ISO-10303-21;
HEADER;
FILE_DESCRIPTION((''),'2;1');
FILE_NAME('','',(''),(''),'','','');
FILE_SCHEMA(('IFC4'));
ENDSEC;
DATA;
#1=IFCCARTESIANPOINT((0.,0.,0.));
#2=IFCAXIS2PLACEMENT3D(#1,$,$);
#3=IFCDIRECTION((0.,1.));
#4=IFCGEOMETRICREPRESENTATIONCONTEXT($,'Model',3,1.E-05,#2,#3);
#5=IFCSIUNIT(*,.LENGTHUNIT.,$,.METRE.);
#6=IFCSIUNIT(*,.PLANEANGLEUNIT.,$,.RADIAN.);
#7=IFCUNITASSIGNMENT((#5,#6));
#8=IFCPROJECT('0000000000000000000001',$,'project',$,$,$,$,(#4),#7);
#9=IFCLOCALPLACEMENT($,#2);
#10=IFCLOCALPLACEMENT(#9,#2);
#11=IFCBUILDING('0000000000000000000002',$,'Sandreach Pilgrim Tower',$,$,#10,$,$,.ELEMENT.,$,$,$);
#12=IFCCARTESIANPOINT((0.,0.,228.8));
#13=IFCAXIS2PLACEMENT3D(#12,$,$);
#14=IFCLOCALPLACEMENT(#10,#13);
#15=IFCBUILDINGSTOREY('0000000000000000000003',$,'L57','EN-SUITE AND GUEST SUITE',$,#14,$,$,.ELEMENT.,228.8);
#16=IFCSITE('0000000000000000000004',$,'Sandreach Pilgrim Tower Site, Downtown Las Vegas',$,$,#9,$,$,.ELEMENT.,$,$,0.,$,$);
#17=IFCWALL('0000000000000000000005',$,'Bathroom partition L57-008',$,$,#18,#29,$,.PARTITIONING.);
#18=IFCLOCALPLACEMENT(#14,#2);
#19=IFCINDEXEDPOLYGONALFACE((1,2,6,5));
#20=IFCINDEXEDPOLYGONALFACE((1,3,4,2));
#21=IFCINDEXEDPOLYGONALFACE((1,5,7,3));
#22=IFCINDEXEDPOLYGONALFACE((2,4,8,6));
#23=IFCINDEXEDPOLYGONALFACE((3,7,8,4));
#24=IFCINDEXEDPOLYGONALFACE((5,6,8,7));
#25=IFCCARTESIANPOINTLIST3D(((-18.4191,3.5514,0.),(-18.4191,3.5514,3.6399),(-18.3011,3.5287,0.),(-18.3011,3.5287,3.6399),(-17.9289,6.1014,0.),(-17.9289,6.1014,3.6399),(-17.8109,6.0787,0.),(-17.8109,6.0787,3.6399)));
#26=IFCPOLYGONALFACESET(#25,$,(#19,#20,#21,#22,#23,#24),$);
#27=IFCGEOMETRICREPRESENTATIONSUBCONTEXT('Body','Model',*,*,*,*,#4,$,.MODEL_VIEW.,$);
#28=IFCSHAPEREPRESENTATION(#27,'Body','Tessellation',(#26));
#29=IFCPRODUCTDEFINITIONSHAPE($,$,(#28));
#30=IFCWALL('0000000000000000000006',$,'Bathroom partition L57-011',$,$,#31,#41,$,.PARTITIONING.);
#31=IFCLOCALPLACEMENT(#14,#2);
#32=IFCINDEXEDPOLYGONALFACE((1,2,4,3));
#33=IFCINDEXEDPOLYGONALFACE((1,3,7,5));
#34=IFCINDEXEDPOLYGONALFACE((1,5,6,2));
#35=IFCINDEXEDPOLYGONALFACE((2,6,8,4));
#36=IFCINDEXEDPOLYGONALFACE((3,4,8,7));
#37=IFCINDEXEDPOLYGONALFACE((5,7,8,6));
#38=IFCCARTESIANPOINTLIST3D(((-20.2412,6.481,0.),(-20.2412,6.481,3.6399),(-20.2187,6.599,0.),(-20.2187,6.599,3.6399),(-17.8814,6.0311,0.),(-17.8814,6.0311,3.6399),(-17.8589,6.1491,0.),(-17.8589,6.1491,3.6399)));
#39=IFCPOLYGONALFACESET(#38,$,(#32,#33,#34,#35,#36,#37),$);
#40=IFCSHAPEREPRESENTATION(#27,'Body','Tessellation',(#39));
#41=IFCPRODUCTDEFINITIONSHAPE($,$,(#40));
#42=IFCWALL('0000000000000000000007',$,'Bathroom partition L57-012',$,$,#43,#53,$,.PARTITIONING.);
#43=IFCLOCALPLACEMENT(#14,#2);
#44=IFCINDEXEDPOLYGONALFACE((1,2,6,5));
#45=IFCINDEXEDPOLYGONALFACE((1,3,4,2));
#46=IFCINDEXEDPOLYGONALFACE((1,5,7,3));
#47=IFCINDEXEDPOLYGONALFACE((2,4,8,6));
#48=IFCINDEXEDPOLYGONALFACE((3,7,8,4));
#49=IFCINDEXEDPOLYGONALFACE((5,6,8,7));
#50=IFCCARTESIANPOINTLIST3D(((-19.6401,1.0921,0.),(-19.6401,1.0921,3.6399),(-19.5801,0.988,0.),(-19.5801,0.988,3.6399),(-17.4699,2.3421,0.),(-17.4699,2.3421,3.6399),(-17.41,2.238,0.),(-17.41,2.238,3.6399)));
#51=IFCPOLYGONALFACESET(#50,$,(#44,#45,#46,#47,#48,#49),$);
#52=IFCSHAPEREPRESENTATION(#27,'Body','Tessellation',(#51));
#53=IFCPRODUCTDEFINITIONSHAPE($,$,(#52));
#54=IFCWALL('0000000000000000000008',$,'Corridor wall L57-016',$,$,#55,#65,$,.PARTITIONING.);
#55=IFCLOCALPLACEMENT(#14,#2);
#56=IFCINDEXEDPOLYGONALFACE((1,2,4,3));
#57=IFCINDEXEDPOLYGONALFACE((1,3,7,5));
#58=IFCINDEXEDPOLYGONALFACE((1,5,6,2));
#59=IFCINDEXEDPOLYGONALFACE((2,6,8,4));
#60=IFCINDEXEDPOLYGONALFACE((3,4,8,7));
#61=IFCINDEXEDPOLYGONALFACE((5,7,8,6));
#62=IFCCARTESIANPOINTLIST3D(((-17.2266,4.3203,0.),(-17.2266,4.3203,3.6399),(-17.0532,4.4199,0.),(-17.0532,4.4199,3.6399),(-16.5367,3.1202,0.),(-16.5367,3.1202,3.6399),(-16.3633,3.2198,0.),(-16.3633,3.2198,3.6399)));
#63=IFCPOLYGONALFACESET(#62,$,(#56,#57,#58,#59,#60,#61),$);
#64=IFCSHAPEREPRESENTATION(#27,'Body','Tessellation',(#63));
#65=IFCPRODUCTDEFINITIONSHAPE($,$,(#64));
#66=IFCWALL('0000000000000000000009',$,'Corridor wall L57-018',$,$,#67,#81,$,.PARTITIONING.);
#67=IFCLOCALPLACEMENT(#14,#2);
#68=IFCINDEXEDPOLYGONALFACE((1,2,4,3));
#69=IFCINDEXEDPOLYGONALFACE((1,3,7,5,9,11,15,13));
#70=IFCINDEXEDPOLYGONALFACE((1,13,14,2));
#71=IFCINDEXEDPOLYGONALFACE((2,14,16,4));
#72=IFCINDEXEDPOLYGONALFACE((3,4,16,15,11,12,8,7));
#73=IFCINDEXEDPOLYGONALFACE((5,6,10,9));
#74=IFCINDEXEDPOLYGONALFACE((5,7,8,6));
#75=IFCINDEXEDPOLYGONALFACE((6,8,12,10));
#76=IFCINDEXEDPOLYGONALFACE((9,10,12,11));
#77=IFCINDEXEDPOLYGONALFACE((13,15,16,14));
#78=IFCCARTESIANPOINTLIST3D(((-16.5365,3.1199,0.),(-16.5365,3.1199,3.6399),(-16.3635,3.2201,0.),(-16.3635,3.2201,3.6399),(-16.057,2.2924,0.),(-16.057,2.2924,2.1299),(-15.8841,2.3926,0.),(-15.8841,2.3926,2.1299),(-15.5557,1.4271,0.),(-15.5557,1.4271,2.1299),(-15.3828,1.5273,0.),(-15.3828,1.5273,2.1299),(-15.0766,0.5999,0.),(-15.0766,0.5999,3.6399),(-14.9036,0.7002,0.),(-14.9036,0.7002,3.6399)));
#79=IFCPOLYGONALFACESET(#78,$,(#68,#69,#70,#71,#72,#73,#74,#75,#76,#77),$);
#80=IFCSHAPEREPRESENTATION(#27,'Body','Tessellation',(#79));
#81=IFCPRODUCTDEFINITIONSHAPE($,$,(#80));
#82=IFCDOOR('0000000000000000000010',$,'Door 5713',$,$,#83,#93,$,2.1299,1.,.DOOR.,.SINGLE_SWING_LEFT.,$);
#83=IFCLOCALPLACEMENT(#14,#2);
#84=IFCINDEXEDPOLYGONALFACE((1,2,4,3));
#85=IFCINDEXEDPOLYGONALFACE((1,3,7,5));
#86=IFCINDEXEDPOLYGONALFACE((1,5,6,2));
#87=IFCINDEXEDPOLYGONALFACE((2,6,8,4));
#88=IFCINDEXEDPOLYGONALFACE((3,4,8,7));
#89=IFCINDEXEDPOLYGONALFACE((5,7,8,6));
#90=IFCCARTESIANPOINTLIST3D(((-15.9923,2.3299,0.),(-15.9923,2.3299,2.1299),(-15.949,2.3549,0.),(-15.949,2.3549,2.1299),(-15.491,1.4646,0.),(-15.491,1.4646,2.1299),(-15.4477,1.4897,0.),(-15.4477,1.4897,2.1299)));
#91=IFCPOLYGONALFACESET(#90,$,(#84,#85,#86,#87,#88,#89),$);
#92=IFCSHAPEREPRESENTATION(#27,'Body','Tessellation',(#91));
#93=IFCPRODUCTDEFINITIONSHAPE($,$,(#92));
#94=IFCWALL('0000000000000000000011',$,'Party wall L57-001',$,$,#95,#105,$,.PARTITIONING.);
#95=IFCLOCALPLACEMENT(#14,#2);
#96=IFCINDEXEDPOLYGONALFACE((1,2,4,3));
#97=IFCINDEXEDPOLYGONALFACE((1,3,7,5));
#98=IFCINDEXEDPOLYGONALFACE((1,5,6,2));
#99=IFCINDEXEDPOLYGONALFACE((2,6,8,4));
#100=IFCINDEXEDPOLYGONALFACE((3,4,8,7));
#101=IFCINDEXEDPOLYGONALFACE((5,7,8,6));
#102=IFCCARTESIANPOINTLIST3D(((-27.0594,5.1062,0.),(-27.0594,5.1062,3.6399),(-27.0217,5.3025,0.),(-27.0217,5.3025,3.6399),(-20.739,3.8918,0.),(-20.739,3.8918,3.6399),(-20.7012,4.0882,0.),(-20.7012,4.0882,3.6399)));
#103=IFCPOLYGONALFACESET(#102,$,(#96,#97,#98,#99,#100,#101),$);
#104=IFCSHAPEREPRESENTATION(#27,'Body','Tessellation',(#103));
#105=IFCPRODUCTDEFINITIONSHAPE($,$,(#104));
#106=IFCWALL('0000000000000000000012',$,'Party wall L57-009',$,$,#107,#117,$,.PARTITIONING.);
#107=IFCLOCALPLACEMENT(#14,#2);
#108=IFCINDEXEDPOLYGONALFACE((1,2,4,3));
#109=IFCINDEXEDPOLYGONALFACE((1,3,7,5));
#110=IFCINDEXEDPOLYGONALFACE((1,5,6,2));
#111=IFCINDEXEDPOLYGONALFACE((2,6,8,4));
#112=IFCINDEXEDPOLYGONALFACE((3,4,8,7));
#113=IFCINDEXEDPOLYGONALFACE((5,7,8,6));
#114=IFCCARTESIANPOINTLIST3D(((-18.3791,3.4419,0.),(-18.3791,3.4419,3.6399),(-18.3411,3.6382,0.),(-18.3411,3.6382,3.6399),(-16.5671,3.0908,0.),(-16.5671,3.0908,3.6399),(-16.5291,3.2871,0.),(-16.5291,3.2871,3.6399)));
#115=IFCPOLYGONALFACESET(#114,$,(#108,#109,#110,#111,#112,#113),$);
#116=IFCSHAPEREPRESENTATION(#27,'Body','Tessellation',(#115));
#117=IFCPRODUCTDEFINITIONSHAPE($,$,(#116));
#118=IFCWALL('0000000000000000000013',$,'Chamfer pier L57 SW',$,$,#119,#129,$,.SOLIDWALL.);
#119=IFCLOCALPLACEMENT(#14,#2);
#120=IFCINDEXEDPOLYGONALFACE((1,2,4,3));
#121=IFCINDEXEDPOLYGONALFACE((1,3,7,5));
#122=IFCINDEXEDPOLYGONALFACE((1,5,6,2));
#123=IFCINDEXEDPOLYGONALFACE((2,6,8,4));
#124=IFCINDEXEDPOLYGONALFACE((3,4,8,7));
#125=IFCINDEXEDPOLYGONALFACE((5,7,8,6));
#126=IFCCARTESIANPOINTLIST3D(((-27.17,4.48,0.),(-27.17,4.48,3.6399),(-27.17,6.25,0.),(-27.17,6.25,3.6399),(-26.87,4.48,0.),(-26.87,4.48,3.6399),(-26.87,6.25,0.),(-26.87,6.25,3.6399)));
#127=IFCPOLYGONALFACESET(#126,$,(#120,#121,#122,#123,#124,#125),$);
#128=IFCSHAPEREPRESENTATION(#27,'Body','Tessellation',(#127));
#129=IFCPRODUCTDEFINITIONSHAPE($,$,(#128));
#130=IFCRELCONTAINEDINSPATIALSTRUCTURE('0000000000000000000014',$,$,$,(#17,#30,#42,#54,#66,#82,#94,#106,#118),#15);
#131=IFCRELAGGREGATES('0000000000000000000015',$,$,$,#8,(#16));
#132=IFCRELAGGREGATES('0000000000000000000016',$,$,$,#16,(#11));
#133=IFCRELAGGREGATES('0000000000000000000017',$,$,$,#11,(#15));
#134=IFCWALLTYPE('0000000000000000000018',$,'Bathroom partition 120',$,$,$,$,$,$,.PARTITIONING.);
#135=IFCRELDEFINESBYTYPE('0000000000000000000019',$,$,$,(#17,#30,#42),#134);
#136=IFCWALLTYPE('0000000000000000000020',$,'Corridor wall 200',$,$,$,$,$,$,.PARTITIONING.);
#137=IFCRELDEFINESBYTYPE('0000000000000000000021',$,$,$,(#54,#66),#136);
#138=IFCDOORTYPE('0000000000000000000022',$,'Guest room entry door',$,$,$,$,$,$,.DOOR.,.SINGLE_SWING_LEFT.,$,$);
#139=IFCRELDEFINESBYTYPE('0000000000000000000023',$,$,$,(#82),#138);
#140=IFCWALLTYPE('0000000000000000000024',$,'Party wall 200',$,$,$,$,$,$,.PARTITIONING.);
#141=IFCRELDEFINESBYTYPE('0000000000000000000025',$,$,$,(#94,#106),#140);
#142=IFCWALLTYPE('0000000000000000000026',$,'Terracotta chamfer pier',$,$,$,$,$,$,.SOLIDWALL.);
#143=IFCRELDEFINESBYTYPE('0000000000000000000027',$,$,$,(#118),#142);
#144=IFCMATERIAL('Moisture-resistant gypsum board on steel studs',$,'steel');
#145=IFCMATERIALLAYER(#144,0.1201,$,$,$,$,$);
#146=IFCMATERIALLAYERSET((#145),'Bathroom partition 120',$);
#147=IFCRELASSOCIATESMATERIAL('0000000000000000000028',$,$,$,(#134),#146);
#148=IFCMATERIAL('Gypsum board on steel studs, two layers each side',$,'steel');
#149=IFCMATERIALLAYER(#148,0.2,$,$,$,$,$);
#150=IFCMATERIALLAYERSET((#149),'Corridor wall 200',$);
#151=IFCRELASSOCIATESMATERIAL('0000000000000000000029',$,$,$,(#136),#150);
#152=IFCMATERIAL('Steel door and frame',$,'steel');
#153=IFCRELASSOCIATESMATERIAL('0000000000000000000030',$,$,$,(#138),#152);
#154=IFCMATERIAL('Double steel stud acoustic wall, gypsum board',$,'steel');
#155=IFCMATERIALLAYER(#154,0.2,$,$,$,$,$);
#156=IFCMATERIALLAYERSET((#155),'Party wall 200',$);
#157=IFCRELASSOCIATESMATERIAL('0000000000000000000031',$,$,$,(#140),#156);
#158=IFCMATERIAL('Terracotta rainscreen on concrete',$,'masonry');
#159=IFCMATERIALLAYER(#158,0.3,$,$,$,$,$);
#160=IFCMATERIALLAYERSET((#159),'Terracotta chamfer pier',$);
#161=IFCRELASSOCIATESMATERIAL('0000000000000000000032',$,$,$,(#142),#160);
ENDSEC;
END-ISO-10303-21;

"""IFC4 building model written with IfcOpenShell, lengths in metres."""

from ifc_helpers import new_model, si_unit, direction, frame, frame_2d, origin, place, context, subcontext, project, spatial, rectangle, extrude, material, layer, layer_set, type_object, element, fill, save


model = new_model("IFC4")

# Units and contexts
model_context = context("Model", 3, precision=1e-05, world=origin(), true_north=direction((0.0, 1.0)))
body_context = subcontext(model_context, "Body", "Model", "MODEL_VIEW")
ifc_project = project(units=[si_unit("LENGTHUNIT", "METRE"), si_unit("PLANEANGLEUNIT", "RADIAN")], contexts=[model_context])

# Site, building, storey
site_placement = place(None, origin())
site = spatial("IfcSite", under=ifc_project, at=site_placement, Name="Sandreach Pilgrim Tower Site, Downtown Las Vegas", CompositionType="ELEMENT", RefElevation=0.0)
building_placement = place(site_placement, origin())
building = spatial("IfcBuilding", under=site, at=building_placement, Name="Sandreach Pilgrim Tower", CompositionType="ELEMENT")
storey_placement = place(building_placement, frame((0.0, 0.0, 228.8)))
storey = spatial("IfcBuildingStorey", under=building, at=storey_placement, Name="L57", Description="EN-SUITE AND GUEST SUITE", CompositionType="ELEMENT", Elevation=228.8)

# Shared definitions
ifc_material_1 = material(Name="Moisture-resistant gypsum board on steel studs", Category="steel")
ifc_layer_1 = layer(ifc_material_1, 0.1201)
ifc_layer_set_1 = layer_set([ifc_layer_1], Name="Bathroom partition 120")
wall_type_1 = type_object("IfcWallType", Name="Bathroom partition 120", PredefinedType="PARTITIONING", material=ifc_layer_set_1)

# Walls
wall_1_placement = place(storey_placement, frame((-18.3601, 3.54, 0.0), z_axis=(0.0, 0.0, 1.0), x_axis=(0.188788, 0.982018, 0.0)))
element("IfcWall", 1, at=wall_1_placement, inside=storey, type_object=wall_type_1, Name="Bathroom partition L57-008", PredefinedType="PARTITIONING", context=body_context, shape_type="SweptSolid", body=[
    extrude(rectangle(XDim=2.5967, YDim=0.1201, at=frame_2d((1.2983, 0.0))), origin(), (0.0, 0.0, 1.0), 3.6399),
])
wall_2_placement = place(storey_placement, frame((-17.8701, 6.0901, 0.0), z_axis=(0.0, 0.0, 1.0), x_axis=(-0.982304, 0.187294, 0.0)))
element("IfcWall", 2, at=wall_2_placement, inside=storey, type_object=wall_type_1, Name="Bathroom partition L57-011", PredefinedType="PARTITIONING", context=body_context, shape_type="SweptSolid", body=[
    extrude(rectangle(XDim=2.4023, YDim=0.1201, at=frame_2d((1.2012, 0.0))), origin(), (0.0, 0.0, 1.0), 3.6399),
])
wall_3_placement = place(storey_placement, frame((-17.4399, 2.29, 0.0), z_axis=(0.0, 0.0, 1.0), x_axis=(-0.866534, -0.499118, 0.0)))
element("IfcWall", 3, at=wall_3_placement, inside=storey, type_object=wall_type_1, Name="Bathroom partition L57-012", PredefinedType="PARTITIONING", context=body_context, shape_type="SweptSolid", body=[
    extrude(rectangle(XDim=2.5044, YDim=0.1201, at=frame_2d((1.2522, 0.0))), origin(), (0.0, 0.0, 1.0), 3.6399),
])
ifc_material_2 = material(Name="Gypsum board on steel studs, two layers each side", Category="steel")
ifc_layer_2 = layer(ifc_material_2, 0.2)
ifc_layer_set_2 = layer_set([ifc_layer_2], Name="Corridor wall 200")
wall_type_2 = type_object("IfcWallType", Name="Corridor wall 200", PredefinedType="PARTITIONING", material=ifc_layer_set_2)
wall_4_placement = place(storey_placement, frame((-17.1399, 4.3701, 0.0), z_axis=(0.0, 0.0, 1.0), x_axis=(0.498378, -0.86696, 0.0)))
element("IfcWall", 4, at=wall_4_placement, inside=storey, type_object=wall_type_2, Name="Corridor wall L57-016", PredefinedType="PARTITIONING", context=body_context, shape_type="SweptSolid", body=[
    extrude(rectangle(XDim=1.3843, YDim=0.2, at=frame_2d((0.6921, 0.0))), origin(), (0.0, 0.0, 1.0), 3.6399),
])

# Wall, opening, door
ifc_material_3 = material(Name="Steel door and frame", Category="steel")
door_type_1 = type_object("IfcDoorType", Name="Guest room entry door", OperationType="SINGLE_SWING_LEFT", PredefinedType="DOOR", material=ifc_material_3)
wall_5_placement = place(storey_placement, frame((-16.45, 3.1699, 0.0), z_axis=(0.0, 0.0, 1.0), x_axis=(0.501294, -0.865277, 0.0)))
wall_5 = element("IfcWall", 5, at=wall_5_placement, inside=storey, type_object=wall_type_2, Name="Corridor wall L57-018", PredefinedType="PARTITIONING", context=body_context, shape_type="SweptSolid", body=[
    extrude(rectangle(XDim=2.9124, YDim=0.2, at=frame_2d((1.4561, 0.0))), origin(), (0.0, 0.0, 1.0), 3.6399),
])
opening_1_placement = place(wall_5_placement, frame((0.9563, 0.0, 0.0)))
opening_1 = element("IfcOpeningElement", 6, at=opening_1_placement, cuts=wall_5, PredefinedType="OPENING", context=body_context, shape_type="SweptSolid", body=[
    extrude(rectangle(XDim=1.0, YDim=2.1299, at=frame_2d((0.5, 1.0649))), frame((0.0, 0.1001, 0.0), z_axis=(0.0, -1.0, 0.0), x_axis=(1.0, 0.0, 0.0)), (0.0, 0.0, 1.0), 0.2),
])
door_1_placement = place(opening_1_placement, origin())
door_1 = element("IfcDoor", 7, at=door_1_placement, inside=storey, type_object=door_type_1, Name="Door 5713", OperationType="SINGLE_SWING_LEFT", OverallHeight=2.1299, OverallWidth=1.0, PredefinedType="DOOR", context=body_context, shape_type="SweptSolid", body=[
    extrude(rectangle(XDim=1.0, YDim=2.1299, at=frame_2d((0.5, 1.0649))), frame((0.0, 0.0249, 0.0), z_axis=(0.0, -1.0, 0.0), x_axis=(1.0, 0.0, 0.0)), (0.0, 0.0, 1.0), 0.05),
])
fill(opening_1, door_1)

# Walls
ifc_material_4 = material(Name="Double steel stud acoustic wall, gypsum board", Category="steel")
ifc_layer_3 = layer(ifc_material_4, 0.2)
ifc_layer_set_3 = layer_set([ifc_layer_3], Name="Party wall 200")
wall_type_3 = type_object("IfcWallType", Name="Party wall 200", PredefinedType="PARTITIONING", material=ifc_layer_set_3)
wall_6_placement = place(storey_placement, frame((-27.0405, 5.2043, 0.0), z_axis=(0.0, 0.0, 1.0), x_axis=(0.982039, -0.188677, 0.0)))
element("IfcWall", 8, at=wall_6_placement, inside=storey, type_object=wall_type_3, Name="Party wall L57-001", PredefinedType="PARTITIONING", context=body_context, shape_type="SweptSolid", body=[
    extrude(rectangle(XDim=6.436, YDim=0.2, at=frame_2d((3.218, 0.0))), origin(), (0.0, 0.0, 1.0), 3.6399),
])
wall_7_placement = place(storey_placement, frame((-18.3601, 3.54, 0.0), z_axis=(0.0, 0.0, 1.0), x_axis=(0.981743, -0.190211, 0.0)))
element("IfcWall", 9, at=wall_7_placement, inside=storey, type_object=wall_type_3, Name="Party wall L57-009", PredefinedType="PARTITIONING", context=body_context, shape_type="SweptSolid", body=[
    extrude(rectangle(XDim=1.8457, YDim=0.2, at=frame_2d((0.9229, 0.0))), origin(), (0.0, 0.0, 1.0), 3.6399),
])
ifc_material_5 = material(Name="Terracotta rainscreen on concrete", Category="masonry")
ifc_layer_4 = layer(ifc_material_5, 0.3)
ifc_layer_set_4 = layer_set([ifc_layer_4], Name="Terracotta chamfer pier")
wall_type_4 = type_object("IfcWallType", Name="Terracotta chamfer pier", PredefinedType="SOLIDWALL", material=ifc_layer_set_4)
wall_8_placement = place(storey_placement, frame((-27.02, 4.48, 0.0), z_axis=(0.0, 0.0, 1.0), x_axis=(0.0, 1.0, 0.0)))
element("IfcWall", 10, at=wall_8_placement, inside=storey, type_object=wall_type_4, Name="Chamfer pier L57 SW", PredefinedType="SOLIDWALL", context=body_context, shape_type="SweptSolid", body=[
    extrude(rectangle(XDim=1.77, YDim=0.3, at=frame_2d((0.885, 0.0))), origin(), (0.0, 0.0, 1.0), 3.6399),
])

save(model, "model.ifc")
